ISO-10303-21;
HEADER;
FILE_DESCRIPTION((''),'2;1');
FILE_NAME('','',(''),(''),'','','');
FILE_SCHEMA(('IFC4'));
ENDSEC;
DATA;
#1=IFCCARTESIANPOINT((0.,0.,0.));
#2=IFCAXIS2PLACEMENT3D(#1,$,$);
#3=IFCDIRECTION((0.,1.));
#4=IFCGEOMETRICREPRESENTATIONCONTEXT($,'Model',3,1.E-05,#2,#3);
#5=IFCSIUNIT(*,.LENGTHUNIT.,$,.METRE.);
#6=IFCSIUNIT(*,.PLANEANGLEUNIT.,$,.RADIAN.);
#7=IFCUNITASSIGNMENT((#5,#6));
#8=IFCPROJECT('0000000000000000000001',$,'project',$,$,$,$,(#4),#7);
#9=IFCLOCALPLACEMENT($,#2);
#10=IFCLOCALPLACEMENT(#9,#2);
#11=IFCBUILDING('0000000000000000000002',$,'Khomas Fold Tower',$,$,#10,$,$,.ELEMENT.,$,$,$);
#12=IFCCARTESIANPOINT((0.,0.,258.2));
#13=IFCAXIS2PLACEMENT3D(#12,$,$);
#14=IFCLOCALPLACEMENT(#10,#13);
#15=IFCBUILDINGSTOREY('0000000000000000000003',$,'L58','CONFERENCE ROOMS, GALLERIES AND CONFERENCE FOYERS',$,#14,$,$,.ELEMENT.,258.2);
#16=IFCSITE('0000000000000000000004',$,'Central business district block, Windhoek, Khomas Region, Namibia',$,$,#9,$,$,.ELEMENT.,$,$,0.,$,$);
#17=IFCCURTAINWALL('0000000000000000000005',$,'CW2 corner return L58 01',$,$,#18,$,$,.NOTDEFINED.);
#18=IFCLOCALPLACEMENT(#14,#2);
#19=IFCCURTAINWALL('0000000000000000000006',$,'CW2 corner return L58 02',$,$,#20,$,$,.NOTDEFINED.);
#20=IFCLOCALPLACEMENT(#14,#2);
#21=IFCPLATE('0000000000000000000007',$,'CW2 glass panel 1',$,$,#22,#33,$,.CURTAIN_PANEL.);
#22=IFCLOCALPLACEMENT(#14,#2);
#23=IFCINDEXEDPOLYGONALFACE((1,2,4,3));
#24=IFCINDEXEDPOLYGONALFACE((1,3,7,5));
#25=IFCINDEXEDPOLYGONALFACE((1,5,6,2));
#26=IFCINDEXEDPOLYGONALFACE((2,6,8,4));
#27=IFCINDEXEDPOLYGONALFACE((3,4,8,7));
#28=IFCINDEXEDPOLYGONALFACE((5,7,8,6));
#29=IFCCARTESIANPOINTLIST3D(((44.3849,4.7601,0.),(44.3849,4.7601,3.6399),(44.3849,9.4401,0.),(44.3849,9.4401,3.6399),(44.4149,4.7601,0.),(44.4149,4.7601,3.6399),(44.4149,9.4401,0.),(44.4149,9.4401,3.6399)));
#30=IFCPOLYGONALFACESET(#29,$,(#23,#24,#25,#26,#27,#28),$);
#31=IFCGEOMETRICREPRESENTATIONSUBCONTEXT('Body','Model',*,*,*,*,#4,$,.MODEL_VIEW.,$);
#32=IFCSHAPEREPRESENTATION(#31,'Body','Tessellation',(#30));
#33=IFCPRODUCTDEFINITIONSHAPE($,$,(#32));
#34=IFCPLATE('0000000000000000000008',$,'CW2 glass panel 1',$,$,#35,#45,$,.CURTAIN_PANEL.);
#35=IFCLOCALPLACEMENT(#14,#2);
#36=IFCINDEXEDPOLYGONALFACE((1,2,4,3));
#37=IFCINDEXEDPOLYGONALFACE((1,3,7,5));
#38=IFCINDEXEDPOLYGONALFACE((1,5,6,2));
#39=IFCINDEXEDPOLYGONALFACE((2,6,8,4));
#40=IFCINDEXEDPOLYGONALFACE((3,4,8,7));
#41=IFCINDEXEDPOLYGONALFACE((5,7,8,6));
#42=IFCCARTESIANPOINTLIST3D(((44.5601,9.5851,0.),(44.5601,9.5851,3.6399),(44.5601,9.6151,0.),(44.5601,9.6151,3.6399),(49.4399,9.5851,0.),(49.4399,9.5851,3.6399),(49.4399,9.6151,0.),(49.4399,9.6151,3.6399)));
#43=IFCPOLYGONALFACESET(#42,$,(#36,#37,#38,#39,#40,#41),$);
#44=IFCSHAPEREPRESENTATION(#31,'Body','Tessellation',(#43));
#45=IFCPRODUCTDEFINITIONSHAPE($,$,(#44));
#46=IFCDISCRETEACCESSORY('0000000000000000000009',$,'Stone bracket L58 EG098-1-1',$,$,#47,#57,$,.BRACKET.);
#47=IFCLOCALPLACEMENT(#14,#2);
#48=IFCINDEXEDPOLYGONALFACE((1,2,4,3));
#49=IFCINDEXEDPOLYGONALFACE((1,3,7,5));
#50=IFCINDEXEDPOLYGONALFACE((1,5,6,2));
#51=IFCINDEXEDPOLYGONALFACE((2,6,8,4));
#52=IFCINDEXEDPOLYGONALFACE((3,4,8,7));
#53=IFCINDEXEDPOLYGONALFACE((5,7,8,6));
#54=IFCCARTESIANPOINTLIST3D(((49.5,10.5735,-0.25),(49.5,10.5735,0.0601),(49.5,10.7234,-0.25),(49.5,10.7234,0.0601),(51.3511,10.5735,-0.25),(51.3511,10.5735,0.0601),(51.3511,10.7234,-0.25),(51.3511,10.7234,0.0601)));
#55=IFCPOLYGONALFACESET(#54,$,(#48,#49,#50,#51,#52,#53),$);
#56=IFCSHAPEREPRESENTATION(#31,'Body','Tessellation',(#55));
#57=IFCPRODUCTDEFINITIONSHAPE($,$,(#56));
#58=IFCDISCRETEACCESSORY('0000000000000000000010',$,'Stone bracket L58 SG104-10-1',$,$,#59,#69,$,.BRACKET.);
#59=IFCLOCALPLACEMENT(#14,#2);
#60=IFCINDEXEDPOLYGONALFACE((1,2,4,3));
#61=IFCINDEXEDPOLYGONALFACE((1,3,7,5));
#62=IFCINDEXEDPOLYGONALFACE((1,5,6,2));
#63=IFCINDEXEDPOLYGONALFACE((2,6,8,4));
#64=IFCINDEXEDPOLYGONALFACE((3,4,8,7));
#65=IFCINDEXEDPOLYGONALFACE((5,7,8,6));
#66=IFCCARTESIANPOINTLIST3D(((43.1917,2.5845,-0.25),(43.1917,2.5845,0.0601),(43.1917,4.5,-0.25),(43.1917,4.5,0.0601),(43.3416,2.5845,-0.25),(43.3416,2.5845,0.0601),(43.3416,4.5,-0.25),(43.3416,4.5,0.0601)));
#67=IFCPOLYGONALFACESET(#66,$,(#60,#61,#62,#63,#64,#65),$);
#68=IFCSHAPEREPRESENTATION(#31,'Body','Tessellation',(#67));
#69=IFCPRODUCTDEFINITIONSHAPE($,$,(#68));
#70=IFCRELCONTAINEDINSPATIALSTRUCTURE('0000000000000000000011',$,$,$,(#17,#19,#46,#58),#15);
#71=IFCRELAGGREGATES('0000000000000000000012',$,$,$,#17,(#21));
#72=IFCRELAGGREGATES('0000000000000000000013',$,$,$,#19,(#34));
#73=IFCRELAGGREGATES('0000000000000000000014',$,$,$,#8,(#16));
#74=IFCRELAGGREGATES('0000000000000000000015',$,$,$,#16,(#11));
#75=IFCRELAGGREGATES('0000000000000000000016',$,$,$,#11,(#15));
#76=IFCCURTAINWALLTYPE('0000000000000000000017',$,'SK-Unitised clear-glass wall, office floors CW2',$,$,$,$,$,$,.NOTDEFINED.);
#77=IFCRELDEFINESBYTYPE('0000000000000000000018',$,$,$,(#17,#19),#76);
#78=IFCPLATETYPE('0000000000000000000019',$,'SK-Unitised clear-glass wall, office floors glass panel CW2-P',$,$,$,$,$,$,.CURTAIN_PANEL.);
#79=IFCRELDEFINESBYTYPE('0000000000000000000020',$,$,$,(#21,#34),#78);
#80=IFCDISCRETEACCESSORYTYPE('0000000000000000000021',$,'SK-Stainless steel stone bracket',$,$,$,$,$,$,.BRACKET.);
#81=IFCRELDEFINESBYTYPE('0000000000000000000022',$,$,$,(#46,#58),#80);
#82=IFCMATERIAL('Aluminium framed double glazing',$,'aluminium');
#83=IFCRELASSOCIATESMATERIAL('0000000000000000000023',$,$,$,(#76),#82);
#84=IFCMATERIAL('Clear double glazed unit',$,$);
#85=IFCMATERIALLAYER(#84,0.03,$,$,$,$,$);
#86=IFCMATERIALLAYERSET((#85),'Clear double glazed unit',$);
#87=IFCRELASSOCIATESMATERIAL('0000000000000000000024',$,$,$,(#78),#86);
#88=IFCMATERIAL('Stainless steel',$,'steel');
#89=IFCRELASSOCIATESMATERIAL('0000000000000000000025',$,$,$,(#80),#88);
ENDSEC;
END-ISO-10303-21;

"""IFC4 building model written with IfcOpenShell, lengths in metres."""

from ifc_helpers import new_model, si_unit, direction, frame, origin, origin_2d, place, context, subcontext, project, spatial, rectangle, extrude, source, transform, mapped, material, layer, layer_set, type_object, element, aggregate, save


model = new_model("IFC4")

# Units and contexts
model_context = context("Model", 3, precision=1e-05, world=origin(), true_north=direction((0.0, 1.0)))
body_context = subcontext(model_context, "Body", "Model", "MODEL_VIEW")
ifc_project = project(units=[si_unit("LENGTHUNIT", "METRE"), si_unit("PLANEANGLEUNIT", "RADIAN")], contexts=[model_context])

# Site, building, storey
site_placement = place(None, origin())
site = spatial("IfcSite", under=ifc_project, at=site_placement, Name="Central business district block, Windhoek, Khomas Region, Namibia", CompositionType="ELEMENT", RefElevation=0.0)
building_placement = place(site_placement, origin())
building = spatial("IfcBuilding", under=site, at=building_placement, Name="Khomas Fold Tower", CompositionType="ELEMENT")
storey_placement = place(building_placement, frame((0.0, 0.0, 258.2)))
storey = spatial("IfcBuildingStorey", under=building, at=storey_placement, Name="L58", Description="CONFERENCE ROOMS, GALLERIES AND CONFERENCE FOYERS", CompositionType="ELEMENT", Elevation=258.2)

# Curtain walls
ifc_material_1 = material(Name="Aluminium framed double glazing", Category="aluminium")
curtain_wall_type = type_object("IfcCurtainWallType", Name="SK-Unitised clear-glass wall, office floors CW2", PredefinedType="NOTDEFINED", material=ifc_material_1)
curtain_wall_1_placement = place(storey_placement, origin())
curtain_wall_1 = element("IfcCurtainWall", 1, at=curtain_wall_1_placement, inside=storey, type_object=curtain_wall_type, Name="CW2 corner return L58 01", PredefinedType="NOTDEFINED")
curtain_wall_2_placement = place(storey_placement, origin())
curtain_wall_2 = element("IfcCurtainWall", 2, at=curtain_wall_2_placement, inside=storey, type_object=curtain_wall_type, Name="CW2 corner return L58 02", PredefinedType="NOTDEFINED")

# Plates
ifc_material_2 = material(Name="Clear double glazed unit")
ifc_layer_1 = layer(ifc_material_2, 0.03)
ifc_layer_set_1 = layer_set([ifc_layer_1], Name="Clear double glazed unit")
plate_type_1 = type_object("IfcPlateType", Name="SK-Unitised clear-glass wall, office floors glass panel CW2-P", PredefinedType="CURTAIN_PANEL", material=ifc_layer_set_1)
shared_shape_1 = source(origin(), body_context, "Body", "SweptSolid", [
    extrude(rectangle(XDim=4.6799, YDim=0.03, at=origin_2d()), origin(), (0.0, 0.0, 1.0), 3.6399),
])
plate_1_placement = place(storey_placement, frame((44.3999, 7.1001, 0.0), z_axis=(0.0, 0.0, 1.0), x_axis=(0.0, 1.0, 0.0)))
plate_1 = element("IfcPlate", 3, at=plate_1_placement, type_object=plate_type_1, Name="CW2 glass panel 1", PredefinedType="CURTAIN_PANEL", context=body_context, shape_type="MappedRepresentation", body=[
    mapped(shared_shape_1, transform((0.0, 0.0, 0.0))),
])
aggregate(curtain_wall_1, [plate_1])
shared_shape_2 = source(origin(), body_context, "Body", "SweptSolid", [
    extrude(rectangle(XDim=4.8799, YDim=0.03, at=origin_2d()), origin(), (0.0, 0.0, 1.0), 3.6399),
])
plate_2_placement = place(storey_placement, frame((47.0, 9.6001, 0.0), z_axis=(0.0, 0.0, 1.0), x_axis=(1.0, 0.0, 0.0)))
plate_2 = element("IfcPlate", 4, at=plate_2_placement, type_object=plate_type_1, Name="CW2 glass panel 1", PredefinedType="CURTAIN_PANEL", context=body_context, shape_type="MappedRepresentation", body=[
    mapped(shared_shape_2, transform((0.0, 0.0, 0.0))),
])
aggregate(curtain_wall_2, [plate_2])

# Discrete accessories
ifc_material_3 = material(Name="Stainless steel", Category="steel")
discrete_accessory_type = type_object("IfcDiscreteAccessoryType", Name="SK-Stainless steel stone bracket", PredefinedType="BRACKET", material=ifc_material_3)
shared_shape_3 = source(origin(), body_context, "Body", "SweptSolid", [
    extrude(rectangle(XDim=1.8511, YDim=0.1499, at=origin_2d()), origin(), (0.0, 0.0, 1.0), 0.3101),
])
discrete_accessory_1_placement = place(storey_placement, frame((50.4255, 10.6484, -0.25), z_axis=(0.0, 0.0, 1.0), x_axis=(1.0, 0.0, 0.0)))
element("IfcDiscreteAccessory", 5, at=discrete_accessory_1_placement, inside=storey, type_object=discrete_accessory_type, Name="Stone bracket L58 EG098-1-1", PredefinedType="BRACKET", context=body_context, shape_type="MappedRepresentation", body=[
    mapped(shared_shape_3, transform((0.0, 0.0, 0.0))),
])
shared_shape_4 = source(origin(), body_context, "Body", "SweptSolid", [
    extrude(rectangle(XDim=1.9155, YDim=0.1499, at=origin_2d()), origin(), (0.0, 0.0, 1.0), 0.3101),
])
discrete_accessory_2_placement = place(storey_placement, frame((43.2666, 3.5422, -0.25), z_axis=(0.0, 0.0, 1.0), x_axis=(0.0, -1.0, 0.0)))
element("IfcDiscreteAccessory", 6, at=discrete_accessory_2_placement, inside=storey, type_object=discrete_accessory_type, Name="Stone bracket L58 SG104-10-1", PredefinedType="BRACKET", context=body_context, shape_type="MappedRepresentation", body=[
    mapped(shared_shape_4, transform((0.0, 0.0, 0.0))),
])

save(model, "model.ifc")
